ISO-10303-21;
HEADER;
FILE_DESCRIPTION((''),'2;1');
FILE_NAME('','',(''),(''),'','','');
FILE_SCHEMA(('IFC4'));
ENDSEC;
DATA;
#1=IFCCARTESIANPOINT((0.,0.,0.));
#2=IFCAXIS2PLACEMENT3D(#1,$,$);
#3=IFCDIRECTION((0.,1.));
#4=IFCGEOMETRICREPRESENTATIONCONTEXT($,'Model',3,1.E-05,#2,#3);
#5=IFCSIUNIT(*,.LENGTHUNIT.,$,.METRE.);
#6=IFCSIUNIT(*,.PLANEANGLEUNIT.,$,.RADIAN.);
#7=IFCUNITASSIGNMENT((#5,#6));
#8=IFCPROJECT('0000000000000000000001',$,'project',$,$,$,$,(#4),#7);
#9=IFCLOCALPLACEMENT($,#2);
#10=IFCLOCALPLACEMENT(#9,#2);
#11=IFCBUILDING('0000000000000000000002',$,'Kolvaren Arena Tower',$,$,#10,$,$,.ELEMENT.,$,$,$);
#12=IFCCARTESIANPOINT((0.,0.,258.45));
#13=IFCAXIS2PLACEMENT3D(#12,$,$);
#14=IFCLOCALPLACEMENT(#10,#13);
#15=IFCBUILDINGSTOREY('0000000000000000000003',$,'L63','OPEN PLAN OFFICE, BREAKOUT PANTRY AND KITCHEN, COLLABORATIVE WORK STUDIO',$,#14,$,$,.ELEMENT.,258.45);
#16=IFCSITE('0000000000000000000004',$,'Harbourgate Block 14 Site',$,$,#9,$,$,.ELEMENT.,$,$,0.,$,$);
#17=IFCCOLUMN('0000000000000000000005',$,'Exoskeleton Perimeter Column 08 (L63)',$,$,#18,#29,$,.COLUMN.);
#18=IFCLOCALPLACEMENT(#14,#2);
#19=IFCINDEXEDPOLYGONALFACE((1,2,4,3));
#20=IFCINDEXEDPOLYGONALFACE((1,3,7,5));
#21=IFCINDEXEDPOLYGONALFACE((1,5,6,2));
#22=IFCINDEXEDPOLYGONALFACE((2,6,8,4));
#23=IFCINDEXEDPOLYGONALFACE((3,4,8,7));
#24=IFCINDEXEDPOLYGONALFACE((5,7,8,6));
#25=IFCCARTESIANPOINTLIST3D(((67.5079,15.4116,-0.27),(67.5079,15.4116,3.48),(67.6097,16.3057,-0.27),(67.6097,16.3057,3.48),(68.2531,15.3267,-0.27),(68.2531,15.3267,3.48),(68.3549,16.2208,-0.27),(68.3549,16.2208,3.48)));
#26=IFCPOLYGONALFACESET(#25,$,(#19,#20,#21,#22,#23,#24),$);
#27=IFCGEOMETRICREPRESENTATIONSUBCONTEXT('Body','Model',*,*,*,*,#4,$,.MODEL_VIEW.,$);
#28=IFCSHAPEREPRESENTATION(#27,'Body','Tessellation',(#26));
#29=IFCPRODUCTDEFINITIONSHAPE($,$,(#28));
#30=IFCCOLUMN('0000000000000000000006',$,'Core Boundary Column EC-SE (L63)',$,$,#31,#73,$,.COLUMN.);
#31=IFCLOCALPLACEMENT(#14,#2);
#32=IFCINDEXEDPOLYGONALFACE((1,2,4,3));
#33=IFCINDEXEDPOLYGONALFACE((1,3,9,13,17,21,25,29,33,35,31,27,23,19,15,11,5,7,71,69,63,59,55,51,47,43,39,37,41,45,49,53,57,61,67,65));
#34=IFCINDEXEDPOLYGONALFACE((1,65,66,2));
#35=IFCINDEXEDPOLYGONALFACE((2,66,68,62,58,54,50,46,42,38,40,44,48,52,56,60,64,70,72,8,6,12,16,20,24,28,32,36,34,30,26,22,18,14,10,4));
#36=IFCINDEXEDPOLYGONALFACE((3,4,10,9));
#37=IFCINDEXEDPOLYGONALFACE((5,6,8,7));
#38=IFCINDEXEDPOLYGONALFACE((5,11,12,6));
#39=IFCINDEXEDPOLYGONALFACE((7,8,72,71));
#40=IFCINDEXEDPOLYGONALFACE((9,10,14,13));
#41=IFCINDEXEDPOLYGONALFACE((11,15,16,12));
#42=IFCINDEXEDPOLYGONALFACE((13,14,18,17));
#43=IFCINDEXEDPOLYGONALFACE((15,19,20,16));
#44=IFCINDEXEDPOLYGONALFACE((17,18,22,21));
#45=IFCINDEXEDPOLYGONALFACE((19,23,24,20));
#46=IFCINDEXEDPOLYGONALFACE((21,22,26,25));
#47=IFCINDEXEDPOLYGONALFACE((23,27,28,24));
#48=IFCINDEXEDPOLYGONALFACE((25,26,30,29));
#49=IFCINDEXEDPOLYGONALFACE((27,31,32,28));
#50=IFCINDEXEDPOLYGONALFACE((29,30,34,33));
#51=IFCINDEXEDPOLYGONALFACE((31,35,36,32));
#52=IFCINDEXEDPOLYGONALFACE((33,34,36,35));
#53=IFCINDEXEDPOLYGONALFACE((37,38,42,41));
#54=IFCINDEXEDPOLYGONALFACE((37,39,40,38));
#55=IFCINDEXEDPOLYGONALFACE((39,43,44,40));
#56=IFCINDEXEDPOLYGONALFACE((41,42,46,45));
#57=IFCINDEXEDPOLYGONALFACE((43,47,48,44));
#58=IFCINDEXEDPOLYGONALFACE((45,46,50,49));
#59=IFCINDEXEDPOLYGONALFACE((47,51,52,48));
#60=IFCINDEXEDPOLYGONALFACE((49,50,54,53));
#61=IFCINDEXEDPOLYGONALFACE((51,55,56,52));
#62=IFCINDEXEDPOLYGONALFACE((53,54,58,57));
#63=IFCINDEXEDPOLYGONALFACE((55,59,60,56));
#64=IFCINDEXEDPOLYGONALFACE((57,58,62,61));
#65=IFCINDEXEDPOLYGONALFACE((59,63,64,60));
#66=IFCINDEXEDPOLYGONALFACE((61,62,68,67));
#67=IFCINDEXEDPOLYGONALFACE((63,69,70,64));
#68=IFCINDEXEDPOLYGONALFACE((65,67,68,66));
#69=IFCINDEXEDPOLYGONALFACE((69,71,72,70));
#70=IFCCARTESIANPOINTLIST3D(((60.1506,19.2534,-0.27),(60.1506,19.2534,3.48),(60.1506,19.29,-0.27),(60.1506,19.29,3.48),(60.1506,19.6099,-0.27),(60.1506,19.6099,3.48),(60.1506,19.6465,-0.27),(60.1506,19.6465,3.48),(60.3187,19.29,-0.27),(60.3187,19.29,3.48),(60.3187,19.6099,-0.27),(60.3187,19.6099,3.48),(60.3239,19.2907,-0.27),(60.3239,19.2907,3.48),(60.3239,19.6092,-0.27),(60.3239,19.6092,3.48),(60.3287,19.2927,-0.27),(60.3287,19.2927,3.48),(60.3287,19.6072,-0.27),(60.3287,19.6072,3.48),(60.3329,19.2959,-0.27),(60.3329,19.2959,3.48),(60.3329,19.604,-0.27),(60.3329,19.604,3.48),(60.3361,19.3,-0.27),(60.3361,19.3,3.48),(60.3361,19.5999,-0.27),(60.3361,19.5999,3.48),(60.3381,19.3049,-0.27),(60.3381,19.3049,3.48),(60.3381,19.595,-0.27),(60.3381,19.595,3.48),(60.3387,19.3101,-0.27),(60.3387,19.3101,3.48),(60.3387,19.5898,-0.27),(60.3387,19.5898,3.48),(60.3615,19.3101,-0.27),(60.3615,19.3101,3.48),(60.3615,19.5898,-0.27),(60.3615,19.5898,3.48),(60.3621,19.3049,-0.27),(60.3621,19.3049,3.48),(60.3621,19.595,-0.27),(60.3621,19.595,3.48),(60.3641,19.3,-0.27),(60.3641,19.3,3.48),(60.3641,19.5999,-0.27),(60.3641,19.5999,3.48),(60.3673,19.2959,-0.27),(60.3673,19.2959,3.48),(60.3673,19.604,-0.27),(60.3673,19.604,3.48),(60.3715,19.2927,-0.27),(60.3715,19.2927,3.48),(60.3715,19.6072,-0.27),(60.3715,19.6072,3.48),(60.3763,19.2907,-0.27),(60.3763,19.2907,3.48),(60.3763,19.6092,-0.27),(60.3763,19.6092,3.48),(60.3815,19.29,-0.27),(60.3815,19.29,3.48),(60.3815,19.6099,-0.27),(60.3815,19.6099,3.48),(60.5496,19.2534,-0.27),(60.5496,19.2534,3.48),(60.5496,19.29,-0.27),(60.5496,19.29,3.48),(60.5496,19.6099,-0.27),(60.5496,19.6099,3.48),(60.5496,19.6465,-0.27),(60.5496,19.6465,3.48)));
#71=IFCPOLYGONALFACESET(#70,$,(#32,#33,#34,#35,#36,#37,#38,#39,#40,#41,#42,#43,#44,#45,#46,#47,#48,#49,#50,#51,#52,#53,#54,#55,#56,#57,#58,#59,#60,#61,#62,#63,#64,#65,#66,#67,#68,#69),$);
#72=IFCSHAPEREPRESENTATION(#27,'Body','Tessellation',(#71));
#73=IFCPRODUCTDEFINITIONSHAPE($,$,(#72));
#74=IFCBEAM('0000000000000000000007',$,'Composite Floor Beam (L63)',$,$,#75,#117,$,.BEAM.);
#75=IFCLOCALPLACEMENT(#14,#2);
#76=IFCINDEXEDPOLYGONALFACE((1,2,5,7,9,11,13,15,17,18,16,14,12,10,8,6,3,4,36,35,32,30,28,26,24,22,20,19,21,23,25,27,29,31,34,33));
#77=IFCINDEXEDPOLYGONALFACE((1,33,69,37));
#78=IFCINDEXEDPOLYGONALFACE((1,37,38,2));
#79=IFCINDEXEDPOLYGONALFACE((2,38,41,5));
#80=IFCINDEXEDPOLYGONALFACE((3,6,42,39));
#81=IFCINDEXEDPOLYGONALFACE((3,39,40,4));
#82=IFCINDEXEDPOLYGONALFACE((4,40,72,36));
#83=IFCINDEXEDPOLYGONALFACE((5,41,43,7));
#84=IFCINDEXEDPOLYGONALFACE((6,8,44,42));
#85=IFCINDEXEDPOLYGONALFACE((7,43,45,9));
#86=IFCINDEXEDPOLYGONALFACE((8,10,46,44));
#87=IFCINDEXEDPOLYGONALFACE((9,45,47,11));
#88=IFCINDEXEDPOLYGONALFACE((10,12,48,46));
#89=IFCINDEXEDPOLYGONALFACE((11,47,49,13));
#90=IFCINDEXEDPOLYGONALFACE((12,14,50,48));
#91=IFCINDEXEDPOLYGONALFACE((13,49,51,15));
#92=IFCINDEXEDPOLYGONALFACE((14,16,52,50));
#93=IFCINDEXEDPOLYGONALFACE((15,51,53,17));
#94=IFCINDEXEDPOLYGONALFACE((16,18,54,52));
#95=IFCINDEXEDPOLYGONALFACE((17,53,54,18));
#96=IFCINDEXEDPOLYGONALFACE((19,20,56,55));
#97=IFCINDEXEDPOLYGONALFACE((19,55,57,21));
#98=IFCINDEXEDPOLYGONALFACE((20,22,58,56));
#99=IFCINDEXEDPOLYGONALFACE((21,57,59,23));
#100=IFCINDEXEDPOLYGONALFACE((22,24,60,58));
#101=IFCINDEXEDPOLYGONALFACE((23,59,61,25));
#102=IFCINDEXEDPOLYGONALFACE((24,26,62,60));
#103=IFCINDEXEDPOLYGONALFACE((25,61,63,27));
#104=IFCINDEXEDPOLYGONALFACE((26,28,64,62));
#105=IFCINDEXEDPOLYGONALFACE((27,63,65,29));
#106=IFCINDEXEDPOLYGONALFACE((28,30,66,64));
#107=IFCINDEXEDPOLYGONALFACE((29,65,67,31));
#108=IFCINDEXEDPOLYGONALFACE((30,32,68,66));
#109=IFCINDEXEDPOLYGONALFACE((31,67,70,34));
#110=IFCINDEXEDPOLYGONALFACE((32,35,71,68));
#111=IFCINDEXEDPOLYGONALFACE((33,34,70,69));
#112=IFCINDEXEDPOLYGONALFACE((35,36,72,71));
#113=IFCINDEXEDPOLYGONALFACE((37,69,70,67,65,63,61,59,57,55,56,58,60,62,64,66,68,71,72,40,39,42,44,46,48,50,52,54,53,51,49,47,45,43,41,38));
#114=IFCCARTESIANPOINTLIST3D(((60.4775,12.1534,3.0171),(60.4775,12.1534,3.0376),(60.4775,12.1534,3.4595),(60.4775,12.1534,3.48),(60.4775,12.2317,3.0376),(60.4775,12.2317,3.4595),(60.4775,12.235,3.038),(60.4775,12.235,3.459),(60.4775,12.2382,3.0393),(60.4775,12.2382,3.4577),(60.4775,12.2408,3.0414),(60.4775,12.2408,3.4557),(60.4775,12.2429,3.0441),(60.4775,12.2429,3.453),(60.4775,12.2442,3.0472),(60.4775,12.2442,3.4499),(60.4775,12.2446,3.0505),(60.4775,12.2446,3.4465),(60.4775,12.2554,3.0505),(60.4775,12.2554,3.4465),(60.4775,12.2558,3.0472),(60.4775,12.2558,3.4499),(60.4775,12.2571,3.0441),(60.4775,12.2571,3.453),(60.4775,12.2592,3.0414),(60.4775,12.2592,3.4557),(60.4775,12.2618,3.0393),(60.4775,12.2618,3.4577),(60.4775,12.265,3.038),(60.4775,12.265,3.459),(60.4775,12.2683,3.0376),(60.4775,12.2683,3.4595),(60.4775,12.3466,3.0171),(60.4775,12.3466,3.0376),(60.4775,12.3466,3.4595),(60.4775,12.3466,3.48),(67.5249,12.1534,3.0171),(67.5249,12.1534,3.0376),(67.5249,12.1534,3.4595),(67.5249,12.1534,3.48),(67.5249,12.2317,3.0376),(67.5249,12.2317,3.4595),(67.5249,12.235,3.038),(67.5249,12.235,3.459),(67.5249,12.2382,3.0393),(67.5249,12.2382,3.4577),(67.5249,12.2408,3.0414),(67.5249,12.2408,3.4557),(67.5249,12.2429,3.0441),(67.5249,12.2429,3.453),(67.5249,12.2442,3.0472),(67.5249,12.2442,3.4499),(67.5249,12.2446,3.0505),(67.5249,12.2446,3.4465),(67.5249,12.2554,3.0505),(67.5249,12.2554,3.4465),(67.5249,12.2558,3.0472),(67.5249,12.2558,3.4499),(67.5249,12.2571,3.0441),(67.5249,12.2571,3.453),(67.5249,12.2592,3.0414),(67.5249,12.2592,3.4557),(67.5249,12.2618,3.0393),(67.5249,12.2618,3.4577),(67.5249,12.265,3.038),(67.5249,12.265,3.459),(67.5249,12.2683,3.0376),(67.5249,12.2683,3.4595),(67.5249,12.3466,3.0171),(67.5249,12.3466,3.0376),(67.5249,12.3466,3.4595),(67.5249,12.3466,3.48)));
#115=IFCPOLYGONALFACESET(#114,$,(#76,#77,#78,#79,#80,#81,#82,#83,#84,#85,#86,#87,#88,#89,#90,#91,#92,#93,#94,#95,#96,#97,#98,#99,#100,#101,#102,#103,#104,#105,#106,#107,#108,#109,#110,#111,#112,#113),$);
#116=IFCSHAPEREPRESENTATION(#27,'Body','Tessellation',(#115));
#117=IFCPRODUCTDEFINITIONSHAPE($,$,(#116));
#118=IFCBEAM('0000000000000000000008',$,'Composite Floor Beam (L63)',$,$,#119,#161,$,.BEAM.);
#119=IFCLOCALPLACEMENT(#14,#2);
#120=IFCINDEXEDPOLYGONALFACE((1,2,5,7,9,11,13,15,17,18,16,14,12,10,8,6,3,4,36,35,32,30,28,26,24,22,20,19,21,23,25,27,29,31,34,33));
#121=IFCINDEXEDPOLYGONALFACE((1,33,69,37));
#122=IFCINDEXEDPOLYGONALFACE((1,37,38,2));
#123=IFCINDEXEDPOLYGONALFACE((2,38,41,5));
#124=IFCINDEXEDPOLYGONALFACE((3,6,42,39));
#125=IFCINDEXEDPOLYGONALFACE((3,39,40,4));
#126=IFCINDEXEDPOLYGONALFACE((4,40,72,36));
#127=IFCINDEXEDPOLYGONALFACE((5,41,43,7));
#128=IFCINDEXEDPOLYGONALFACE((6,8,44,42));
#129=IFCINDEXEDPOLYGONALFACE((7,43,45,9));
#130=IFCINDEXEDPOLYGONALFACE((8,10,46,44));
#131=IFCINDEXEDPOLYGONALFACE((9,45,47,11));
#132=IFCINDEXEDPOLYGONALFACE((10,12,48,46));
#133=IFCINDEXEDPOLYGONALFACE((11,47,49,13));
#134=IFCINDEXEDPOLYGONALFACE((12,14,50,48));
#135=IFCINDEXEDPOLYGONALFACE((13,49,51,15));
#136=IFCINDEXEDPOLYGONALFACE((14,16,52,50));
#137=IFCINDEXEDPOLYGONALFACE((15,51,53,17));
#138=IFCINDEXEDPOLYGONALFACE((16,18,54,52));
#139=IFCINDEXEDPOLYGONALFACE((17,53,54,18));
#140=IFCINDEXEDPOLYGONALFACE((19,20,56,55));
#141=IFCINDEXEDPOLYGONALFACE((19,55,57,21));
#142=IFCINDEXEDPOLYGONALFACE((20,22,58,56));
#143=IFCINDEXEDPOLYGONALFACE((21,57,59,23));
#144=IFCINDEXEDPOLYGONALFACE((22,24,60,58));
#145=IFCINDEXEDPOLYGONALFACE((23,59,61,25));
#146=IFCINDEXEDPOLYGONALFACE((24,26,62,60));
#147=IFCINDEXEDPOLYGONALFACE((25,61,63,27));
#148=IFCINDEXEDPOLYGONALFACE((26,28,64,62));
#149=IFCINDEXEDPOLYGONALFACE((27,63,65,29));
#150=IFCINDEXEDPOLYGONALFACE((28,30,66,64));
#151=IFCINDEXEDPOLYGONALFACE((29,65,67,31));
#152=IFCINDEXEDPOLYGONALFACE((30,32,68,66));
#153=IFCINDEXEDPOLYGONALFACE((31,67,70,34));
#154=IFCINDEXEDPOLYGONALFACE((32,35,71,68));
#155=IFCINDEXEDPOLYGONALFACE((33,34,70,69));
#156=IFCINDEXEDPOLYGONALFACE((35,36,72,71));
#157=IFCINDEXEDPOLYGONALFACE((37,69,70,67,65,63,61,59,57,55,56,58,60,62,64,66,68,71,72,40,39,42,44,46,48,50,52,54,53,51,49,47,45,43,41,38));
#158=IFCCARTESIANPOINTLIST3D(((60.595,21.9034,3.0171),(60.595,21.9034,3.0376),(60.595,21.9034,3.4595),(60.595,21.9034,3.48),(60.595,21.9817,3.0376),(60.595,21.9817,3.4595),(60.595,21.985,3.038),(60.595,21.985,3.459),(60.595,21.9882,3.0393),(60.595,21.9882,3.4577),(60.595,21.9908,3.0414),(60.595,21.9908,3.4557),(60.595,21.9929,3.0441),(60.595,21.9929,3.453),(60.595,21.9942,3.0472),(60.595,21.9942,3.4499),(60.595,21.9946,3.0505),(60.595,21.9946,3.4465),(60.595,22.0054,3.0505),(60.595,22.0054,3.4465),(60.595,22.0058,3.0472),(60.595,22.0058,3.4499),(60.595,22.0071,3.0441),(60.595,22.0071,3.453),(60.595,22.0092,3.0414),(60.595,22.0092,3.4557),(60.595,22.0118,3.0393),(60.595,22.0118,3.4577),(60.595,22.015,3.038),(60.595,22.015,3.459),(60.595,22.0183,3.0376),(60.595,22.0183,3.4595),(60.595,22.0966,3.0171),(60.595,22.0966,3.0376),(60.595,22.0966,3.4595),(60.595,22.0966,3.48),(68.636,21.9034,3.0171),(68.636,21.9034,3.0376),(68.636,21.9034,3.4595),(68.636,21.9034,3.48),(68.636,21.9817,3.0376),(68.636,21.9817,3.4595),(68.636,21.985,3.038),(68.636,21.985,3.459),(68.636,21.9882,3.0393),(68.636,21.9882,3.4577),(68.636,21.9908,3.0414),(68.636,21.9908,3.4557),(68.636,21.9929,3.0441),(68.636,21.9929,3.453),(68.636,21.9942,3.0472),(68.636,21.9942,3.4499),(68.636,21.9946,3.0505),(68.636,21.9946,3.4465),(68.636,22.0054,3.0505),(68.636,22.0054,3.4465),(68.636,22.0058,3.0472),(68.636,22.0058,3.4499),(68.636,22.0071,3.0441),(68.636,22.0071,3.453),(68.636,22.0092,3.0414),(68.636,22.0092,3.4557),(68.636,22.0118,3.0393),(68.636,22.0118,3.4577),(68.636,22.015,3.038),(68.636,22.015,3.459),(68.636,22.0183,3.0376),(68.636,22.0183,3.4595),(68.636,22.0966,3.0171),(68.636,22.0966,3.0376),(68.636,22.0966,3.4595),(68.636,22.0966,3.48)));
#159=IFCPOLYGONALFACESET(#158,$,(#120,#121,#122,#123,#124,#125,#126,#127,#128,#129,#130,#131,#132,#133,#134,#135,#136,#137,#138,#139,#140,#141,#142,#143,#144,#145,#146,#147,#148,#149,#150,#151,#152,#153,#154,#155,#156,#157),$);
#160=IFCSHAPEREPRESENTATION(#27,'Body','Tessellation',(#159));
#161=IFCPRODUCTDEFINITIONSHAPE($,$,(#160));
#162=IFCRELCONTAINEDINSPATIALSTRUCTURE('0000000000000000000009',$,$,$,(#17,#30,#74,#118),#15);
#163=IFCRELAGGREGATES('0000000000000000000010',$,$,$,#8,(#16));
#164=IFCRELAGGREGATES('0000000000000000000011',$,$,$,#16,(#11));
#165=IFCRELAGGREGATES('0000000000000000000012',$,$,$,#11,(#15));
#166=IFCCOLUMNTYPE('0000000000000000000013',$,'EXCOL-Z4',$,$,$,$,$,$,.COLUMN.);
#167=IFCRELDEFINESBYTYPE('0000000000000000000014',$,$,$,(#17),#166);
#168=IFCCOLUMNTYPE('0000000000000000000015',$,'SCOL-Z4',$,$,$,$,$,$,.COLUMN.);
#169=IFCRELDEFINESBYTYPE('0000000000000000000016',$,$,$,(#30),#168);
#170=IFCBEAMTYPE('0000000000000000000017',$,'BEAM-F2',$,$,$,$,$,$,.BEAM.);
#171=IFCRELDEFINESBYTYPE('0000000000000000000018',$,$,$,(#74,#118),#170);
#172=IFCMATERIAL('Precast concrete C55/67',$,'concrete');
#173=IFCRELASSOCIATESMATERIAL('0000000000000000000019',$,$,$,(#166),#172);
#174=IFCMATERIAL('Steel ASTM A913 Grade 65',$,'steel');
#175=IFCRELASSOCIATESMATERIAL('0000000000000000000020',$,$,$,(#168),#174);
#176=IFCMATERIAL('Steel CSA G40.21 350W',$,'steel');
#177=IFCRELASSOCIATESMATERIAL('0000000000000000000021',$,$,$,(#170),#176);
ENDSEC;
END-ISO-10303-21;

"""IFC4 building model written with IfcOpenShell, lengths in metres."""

from ifc_helpers import new_model, si_unit, direction, frame, origin, origin_2d, place, context, subcontext, project, spatial, rectangle, i_section, extrude, material, material_profile, profile_set, type_object, element, save


model = new_model("IFC4")

# Units and contexts
model_context = context("Model", 3, precision=1e-05, world=origin(), true_north=direction((0.0, 1.0)))
body_context = subcontext(model_context, "Body", "Model", "MODEL_VIEW")
ifc_project = project(units=[si_unit("LENGTHUNIT", "METRE"), si_unit("PLANEANGLEUNIT", "RADIAN")], contexts=[model_context])

# Site, building, storey
site_placement = place(None, origin())
site = spatial("IfcSite", under=ifc_project, at=site_placement, Name="Harbourgate Block 14 Site", CompositionType="ELEMENT", RefElevation=0.0)
building_placement = place(site_placement, origin())
building = spatial("IfcBuilding", under=site, at=building_placement, Name="Kolvaren Arena Tower", CompositionType="ELEMENT")
storey_placement = place(building_placement, frame((0.0, 0.0, 258.45)))
storey = spatial("IfcBuildingStorey", under=building, at=storey_placement, Name="L63", Description="OPEN PLAN OFFICE, BREAKOUT PANTRY AND KITCHEN, COLLABORATIVE WORK STUDIO", CompositionType="ELEMENT", Elevation=258.45)

# Columns
ifc_material_1 = material(Name="Precast concrete C55/67", Category="concrete")
ifc_material_profile_1 = material_profile(ifc_material_1, rectangle(XDim=0.8999, YDim=0.75, at=origin_2d()), Name="RC-900x750")
ifc_profile_set_1 = profile_set([ifc_material_profile_1], Name="Precast concrete C55/67")
column_type_1 = type_object("IfcColumnType", Name="EXCOL-Z4", PredefinedType="COLUMN", material=ifc_profile_set_1)
column_1_placement = place(storey_placement, frame((67.9314, 15.8162, -0.27), z_axis=(0.0, 0.0, 1.0), x_axis=(0.113203, 0.993572, 0.0)))
element("IfcColumn", 1, at=column_1_placement, inside=storey, type_object=column_type_1, Name="Exoskeleton Perimeter Column 08 (L63)", PredefinedType="COLUMN", context=body_context, shape_type="SweptSolid", body=[
    extrude(rectangle(XDim=0.8999, YDim=0.75, at=origin_2d()), origin(), (0.0, 0.0, 1.0), 3.75),
])
ifc_material_2 = material(Name="Steel ASTM A913 Grade 65", Category="steel")
ifc_material_profile_2 = material_profile(ifc_material_2, i_section(OverallWidth=0.3989, OverallDepth=0.3931, WebThickness=0.0227, FlangeThickness=0.0366, FilletRadius=0.02, at=origin_2d()), Name="W360x287")
ifc_profile_set_2 = profile_set([ifc_material_profile_2], Name="Steel ASTM A913 Grade 65")
column_type_2 = type_object("IfcColumnType", Name="SCOL-Z4", PredefinedType="COLUMN", material=ifc_profile_set_2)
column_2_placement = place(storey_placement, frame((60.3501, 19.45, -0.27), z_axis=(0.0, 0.0, 1.0), x_axis=(1.0, 0.0, 0.0)))
element("IfcColumn", 2, at=column_2_placement, inside=storey, type_object=column_type_2, Name="Core Boundary Column EC-SE (L63)", PredefinedType="COLUMN", context=body_context, shape_type="SweptSolid", body=[
    extrude(i_section(OverallWidth=0.3989, OverallDepth=0.3931, WebThickness=0.0227, FlangeThickness=0.0366, FilletRadius=0.02, at=origin_2d()), origin(), (0.0, 0.0, 1.0), 3.75),
])

# Beams
ifc_material_3 = material(Name="Steel CSA G40.21 350W", Category="steel")
ifc_material_profile_3 = material_profile(ifc_material_3, i_section(OverallWidth=0.1931, OverallDepth=0.4629, WebThickness=0.0107, FlangeThickness=0.0205, FilletRadius=0.0129, at=origin_2d()), Name="W460x113")
ifc_profile_set_3 = profile_set([ifc_material_profile_3], Name="Steel CSA G40.21 350W")
beam_type_1 = type_object("IfcBeamType", Name="BEAM-F2", PredefinedType="BEAM", material=ifc_profile_set_3)
beam_1_placement = place(storey_placement, frame((60.4775, 12.25, 3.2485), z_axis=(1.0, 0.0, 0.0), x_axis=(0.0, 1.0, 0.0)))
element("IfcBeam", 3, at=beam_1_placement, inside=storey, type_object=beam_type_1, Name="Composite Floor Beam (L63)", PredefinedType="BEAM", context=body_context, shape_type="SweptSolid", body=[
    extrude(i_section(OverallWidth=0.1931, OverallDepth=0.4629, WebThickness=0.0107, FlangeThickness=0.0205, FilletRadius=0.0129, at=origin_2d()), origin(), (0.0, 0.0, 1.0), 7.0474),
])
beam_2_placement = place(storey_placement, frame((60.595, 22.0, 3.2485), z_axis=(1.0, 0.0, 0.0), x_axis=(0.0, 1.0, 0.0)))
element("IfcBeam", 4, at=beam_2_placement, inside=storey, type_object=beam_type_1, Name="Composite Floor Beam (L63)", PredefinedType="BEAM", context=body_context, shape_type="SweptSolid", body=[
    extrude(i_section(OverallWidth=0.1931, OverallDepth=0.4629, WebThickness=0.0107, FlangeThickness=0.0205, FilletRadius=0.0129, at=origin_2d()), origin(), (0.0, 0.0, 1.0), 8.041),
])

save(model, "model.ifc")
